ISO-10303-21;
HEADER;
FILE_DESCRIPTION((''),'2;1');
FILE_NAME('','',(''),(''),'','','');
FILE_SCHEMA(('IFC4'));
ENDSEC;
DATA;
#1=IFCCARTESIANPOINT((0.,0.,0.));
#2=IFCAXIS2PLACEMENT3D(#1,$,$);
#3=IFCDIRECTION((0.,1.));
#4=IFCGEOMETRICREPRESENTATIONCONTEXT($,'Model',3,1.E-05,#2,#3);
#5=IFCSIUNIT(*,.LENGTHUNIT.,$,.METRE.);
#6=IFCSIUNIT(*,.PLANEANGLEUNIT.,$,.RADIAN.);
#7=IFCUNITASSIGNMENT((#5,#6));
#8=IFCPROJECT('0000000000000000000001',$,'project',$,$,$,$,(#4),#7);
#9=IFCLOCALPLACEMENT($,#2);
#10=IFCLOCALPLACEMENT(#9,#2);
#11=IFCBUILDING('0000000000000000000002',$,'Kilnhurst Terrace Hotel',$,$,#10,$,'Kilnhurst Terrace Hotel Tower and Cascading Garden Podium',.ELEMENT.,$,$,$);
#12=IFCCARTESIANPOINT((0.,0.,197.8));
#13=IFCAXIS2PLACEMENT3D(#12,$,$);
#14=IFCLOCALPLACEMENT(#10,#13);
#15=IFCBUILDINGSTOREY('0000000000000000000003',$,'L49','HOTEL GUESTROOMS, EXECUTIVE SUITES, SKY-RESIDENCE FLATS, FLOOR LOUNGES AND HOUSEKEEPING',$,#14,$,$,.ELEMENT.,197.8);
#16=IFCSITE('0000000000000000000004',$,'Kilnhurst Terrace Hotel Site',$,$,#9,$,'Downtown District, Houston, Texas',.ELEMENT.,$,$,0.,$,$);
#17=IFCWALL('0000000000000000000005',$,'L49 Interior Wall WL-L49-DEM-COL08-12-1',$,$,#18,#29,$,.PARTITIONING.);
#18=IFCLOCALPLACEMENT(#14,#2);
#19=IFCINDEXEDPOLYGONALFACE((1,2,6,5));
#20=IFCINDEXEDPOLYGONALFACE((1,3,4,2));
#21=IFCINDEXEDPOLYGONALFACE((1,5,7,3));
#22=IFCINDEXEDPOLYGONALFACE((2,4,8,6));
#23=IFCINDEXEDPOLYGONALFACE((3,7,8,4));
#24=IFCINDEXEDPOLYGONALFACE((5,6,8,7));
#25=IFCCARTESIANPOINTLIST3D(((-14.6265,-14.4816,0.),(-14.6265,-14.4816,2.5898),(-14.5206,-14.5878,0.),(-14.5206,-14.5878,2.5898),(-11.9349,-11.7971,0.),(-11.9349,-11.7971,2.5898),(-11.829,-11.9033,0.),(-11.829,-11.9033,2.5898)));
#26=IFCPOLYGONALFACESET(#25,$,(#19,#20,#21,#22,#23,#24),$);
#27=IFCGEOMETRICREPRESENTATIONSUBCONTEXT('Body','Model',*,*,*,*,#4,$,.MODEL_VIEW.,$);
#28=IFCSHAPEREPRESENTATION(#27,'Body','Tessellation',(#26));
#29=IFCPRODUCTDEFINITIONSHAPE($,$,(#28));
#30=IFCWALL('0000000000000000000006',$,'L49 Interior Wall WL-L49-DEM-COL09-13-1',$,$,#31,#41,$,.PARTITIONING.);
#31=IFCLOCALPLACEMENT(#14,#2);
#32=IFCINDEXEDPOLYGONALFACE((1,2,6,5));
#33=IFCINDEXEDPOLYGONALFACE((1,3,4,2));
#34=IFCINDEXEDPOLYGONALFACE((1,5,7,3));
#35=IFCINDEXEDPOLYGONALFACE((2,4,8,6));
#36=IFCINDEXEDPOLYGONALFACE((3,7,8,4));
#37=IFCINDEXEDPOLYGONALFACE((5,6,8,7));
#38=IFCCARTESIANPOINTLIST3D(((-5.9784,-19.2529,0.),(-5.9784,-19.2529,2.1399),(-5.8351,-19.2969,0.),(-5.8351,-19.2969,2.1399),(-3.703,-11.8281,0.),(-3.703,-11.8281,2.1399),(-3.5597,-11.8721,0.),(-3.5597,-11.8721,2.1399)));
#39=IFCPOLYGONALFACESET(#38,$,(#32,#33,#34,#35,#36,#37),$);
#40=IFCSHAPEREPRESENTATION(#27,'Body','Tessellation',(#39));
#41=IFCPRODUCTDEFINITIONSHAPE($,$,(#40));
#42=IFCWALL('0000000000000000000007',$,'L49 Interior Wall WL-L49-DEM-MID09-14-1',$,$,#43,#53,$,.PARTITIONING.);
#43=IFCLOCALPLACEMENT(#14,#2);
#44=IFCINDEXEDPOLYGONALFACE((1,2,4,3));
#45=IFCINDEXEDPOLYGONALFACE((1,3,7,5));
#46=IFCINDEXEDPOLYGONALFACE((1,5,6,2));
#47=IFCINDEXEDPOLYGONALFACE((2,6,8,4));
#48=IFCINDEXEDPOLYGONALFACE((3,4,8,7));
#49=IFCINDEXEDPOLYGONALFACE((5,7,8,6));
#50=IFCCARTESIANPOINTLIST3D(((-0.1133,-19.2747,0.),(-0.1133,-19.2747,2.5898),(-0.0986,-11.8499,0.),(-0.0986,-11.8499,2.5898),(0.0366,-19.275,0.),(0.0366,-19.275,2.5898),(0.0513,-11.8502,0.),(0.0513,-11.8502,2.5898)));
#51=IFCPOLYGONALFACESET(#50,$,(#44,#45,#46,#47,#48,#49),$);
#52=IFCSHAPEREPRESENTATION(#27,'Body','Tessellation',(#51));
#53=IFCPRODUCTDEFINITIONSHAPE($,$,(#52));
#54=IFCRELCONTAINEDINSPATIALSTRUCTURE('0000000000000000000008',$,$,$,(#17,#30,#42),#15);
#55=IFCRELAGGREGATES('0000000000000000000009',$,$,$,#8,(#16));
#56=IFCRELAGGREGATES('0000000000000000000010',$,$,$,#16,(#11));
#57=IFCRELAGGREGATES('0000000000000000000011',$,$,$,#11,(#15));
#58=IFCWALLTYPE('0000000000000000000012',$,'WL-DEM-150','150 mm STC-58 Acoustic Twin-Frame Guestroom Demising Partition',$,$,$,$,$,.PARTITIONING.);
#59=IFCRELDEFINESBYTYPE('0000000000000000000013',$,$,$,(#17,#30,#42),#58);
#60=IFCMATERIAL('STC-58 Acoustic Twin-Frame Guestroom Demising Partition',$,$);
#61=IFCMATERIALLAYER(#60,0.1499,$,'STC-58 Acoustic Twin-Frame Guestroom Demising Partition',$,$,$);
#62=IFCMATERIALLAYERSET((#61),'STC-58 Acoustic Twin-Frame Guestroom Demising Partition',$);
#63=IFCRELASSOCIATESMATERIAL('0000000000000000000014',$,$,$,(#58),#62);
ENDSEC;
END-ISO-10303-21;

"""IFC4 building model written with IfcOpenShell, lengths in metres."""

from ifc_helpers import new_model, si_unit, direction, frame, frame_2d, origin, place, context, subcontext, project, spatial, rectangle, extrude, material, layer, layer_set, type_object, element, save


model = new_model("IFC4")

# Units and contexts
model_context = context("Model", 3, precision=1e-05, world=origin(), true_north=direction((0.0, 1.0)))
body_context = subcontext(model_context, "Body", "Model", "MODEL_VIEW")
ifc_project = project(units=[si_unit("LENGTHUNIT", "METRE"), si_unit("PLANEANGLEUNIT", "RADIAN")], contexts=[model_context])

# Site, building, storey
site_placement = place(None, origin())
site = spatial("IfcSite", under=ifc_project, at=site_placement, Name="Kilnhurst Terrace Hotel Site", LongName="Downtown District, Houston, Texas", CompositionType="ELEMENT", RefElevation=0.0)
building_placement = place(site_placement, origin())
building = spatial("IfcBuilding", under=site, at=building_placement, Name="Kilnhurst Terrace Hotel", LongName="Kilnhurst Terrace Hotel Tower and Cascading Garden Podium", CompositionType="ELEMENT")
storey_placement = place(building_placement, frame((0.0, 0.0, 197.8)))
storey = spatial("IfcBuildingStorey", under=building, at=storey_placement, Name="L49", Description="HOTEL GUESTROOMS, EXECUTIVE SUITES, SKY-RESIDENCE FLATS, FLOOR LOUNGES AND HOUSEKEEPING", CompositionType="ELEMENT", Elevation=197.8)

# Walls
ifc_material_1 = material(Name="STC-58 Acoustic Twin-Frame Guestroom Demising Partition")
ifc_layer_1 = layer(ifc_material_1, 0.1499, Name="STC-58 Acoustic Twin-Frame Guestroom Demising Partition")
ifc_layer_set_1 = layer_set([ifc_layer_1], Name="STC-58 Acoustic Twin-Frame Guestroom Demising Partition")
wall_type_1 = type_object("IfcWallType", Name="WL-DEM-150", Description="150 mm STC-58 Acoustic Twin-Frame Guestroom Demising Partition", PredefinedType="PARTITIONING", material=ifc_layer_set_1)
wall_1_placement = place(storey_placement, frame((-11.8818, -11.8501, 0.0), z_axis=(0.0, 0.0, 1.0), x_axis=(-0.708037, -0.706175, 0.0)))
element("IfcWall", 1, at=wall_1_placement, inside=storey, type_object=wall_type_1, Name="L49 Interior Wall WL-L49-DEM-COL08-12-1", PredefinedType="PARTITIONING", context=body_context, shape_type="SweptSolid", body=[
    extrude(rectangle(XDim=3.8015, YDim=0.1499, at=frame_2d((1.9009, 0.0))), origin(), (0.0, 0.0, 1.0), 2.5898),
])
wall_2_placement = place(storey_placement, frame((-3.6313, -11.8501, 0.0), z_axis=(0.0, 0.0, 1.0), x_axis=(-0.293008, -0.95611, 0.0)))
element("IfcWall", 2, at=wall_2_placement, inside=storey, type_object=wall_type_1, Name="L49 Interior Wall WL-L49-DEM-COL09-13-1", PredefinedType="PARTITIONING", context=body_context, shape_type="SweptSolid", body=[
    extrude(rectangle(XDim=7.7656, YDim=0.1499, at=frame_2d((3.8828, 0.0))), origin(), (0.0, 0.0, 1.0), 2.1399),
])
wall_3_placement = place(storey_placement, frame((-0.0237, -11.8501, 0.0), z_axis=(0.0, 0.0, 1.0), x_axis=(-0.001973, -0.999998, 0.0)))
element("IfcWall", 3, at=wall_3_placement, inside=storey, type_object=wall_type_1, Name="L49 Interior Wall WL-L49-DEM-MID09-14-1", PredefinedType="PARTITIONING", context=body_context, shape_type="SweptSolid", body=[
    extrude(rectangle(XDim=7.4248, YDim=0.1499, at=frame_2d((3.7124, 0.0))), origin(), (0.0, 0.0, 1.0), 2.5898),
])

save(model, "model.ifc")
